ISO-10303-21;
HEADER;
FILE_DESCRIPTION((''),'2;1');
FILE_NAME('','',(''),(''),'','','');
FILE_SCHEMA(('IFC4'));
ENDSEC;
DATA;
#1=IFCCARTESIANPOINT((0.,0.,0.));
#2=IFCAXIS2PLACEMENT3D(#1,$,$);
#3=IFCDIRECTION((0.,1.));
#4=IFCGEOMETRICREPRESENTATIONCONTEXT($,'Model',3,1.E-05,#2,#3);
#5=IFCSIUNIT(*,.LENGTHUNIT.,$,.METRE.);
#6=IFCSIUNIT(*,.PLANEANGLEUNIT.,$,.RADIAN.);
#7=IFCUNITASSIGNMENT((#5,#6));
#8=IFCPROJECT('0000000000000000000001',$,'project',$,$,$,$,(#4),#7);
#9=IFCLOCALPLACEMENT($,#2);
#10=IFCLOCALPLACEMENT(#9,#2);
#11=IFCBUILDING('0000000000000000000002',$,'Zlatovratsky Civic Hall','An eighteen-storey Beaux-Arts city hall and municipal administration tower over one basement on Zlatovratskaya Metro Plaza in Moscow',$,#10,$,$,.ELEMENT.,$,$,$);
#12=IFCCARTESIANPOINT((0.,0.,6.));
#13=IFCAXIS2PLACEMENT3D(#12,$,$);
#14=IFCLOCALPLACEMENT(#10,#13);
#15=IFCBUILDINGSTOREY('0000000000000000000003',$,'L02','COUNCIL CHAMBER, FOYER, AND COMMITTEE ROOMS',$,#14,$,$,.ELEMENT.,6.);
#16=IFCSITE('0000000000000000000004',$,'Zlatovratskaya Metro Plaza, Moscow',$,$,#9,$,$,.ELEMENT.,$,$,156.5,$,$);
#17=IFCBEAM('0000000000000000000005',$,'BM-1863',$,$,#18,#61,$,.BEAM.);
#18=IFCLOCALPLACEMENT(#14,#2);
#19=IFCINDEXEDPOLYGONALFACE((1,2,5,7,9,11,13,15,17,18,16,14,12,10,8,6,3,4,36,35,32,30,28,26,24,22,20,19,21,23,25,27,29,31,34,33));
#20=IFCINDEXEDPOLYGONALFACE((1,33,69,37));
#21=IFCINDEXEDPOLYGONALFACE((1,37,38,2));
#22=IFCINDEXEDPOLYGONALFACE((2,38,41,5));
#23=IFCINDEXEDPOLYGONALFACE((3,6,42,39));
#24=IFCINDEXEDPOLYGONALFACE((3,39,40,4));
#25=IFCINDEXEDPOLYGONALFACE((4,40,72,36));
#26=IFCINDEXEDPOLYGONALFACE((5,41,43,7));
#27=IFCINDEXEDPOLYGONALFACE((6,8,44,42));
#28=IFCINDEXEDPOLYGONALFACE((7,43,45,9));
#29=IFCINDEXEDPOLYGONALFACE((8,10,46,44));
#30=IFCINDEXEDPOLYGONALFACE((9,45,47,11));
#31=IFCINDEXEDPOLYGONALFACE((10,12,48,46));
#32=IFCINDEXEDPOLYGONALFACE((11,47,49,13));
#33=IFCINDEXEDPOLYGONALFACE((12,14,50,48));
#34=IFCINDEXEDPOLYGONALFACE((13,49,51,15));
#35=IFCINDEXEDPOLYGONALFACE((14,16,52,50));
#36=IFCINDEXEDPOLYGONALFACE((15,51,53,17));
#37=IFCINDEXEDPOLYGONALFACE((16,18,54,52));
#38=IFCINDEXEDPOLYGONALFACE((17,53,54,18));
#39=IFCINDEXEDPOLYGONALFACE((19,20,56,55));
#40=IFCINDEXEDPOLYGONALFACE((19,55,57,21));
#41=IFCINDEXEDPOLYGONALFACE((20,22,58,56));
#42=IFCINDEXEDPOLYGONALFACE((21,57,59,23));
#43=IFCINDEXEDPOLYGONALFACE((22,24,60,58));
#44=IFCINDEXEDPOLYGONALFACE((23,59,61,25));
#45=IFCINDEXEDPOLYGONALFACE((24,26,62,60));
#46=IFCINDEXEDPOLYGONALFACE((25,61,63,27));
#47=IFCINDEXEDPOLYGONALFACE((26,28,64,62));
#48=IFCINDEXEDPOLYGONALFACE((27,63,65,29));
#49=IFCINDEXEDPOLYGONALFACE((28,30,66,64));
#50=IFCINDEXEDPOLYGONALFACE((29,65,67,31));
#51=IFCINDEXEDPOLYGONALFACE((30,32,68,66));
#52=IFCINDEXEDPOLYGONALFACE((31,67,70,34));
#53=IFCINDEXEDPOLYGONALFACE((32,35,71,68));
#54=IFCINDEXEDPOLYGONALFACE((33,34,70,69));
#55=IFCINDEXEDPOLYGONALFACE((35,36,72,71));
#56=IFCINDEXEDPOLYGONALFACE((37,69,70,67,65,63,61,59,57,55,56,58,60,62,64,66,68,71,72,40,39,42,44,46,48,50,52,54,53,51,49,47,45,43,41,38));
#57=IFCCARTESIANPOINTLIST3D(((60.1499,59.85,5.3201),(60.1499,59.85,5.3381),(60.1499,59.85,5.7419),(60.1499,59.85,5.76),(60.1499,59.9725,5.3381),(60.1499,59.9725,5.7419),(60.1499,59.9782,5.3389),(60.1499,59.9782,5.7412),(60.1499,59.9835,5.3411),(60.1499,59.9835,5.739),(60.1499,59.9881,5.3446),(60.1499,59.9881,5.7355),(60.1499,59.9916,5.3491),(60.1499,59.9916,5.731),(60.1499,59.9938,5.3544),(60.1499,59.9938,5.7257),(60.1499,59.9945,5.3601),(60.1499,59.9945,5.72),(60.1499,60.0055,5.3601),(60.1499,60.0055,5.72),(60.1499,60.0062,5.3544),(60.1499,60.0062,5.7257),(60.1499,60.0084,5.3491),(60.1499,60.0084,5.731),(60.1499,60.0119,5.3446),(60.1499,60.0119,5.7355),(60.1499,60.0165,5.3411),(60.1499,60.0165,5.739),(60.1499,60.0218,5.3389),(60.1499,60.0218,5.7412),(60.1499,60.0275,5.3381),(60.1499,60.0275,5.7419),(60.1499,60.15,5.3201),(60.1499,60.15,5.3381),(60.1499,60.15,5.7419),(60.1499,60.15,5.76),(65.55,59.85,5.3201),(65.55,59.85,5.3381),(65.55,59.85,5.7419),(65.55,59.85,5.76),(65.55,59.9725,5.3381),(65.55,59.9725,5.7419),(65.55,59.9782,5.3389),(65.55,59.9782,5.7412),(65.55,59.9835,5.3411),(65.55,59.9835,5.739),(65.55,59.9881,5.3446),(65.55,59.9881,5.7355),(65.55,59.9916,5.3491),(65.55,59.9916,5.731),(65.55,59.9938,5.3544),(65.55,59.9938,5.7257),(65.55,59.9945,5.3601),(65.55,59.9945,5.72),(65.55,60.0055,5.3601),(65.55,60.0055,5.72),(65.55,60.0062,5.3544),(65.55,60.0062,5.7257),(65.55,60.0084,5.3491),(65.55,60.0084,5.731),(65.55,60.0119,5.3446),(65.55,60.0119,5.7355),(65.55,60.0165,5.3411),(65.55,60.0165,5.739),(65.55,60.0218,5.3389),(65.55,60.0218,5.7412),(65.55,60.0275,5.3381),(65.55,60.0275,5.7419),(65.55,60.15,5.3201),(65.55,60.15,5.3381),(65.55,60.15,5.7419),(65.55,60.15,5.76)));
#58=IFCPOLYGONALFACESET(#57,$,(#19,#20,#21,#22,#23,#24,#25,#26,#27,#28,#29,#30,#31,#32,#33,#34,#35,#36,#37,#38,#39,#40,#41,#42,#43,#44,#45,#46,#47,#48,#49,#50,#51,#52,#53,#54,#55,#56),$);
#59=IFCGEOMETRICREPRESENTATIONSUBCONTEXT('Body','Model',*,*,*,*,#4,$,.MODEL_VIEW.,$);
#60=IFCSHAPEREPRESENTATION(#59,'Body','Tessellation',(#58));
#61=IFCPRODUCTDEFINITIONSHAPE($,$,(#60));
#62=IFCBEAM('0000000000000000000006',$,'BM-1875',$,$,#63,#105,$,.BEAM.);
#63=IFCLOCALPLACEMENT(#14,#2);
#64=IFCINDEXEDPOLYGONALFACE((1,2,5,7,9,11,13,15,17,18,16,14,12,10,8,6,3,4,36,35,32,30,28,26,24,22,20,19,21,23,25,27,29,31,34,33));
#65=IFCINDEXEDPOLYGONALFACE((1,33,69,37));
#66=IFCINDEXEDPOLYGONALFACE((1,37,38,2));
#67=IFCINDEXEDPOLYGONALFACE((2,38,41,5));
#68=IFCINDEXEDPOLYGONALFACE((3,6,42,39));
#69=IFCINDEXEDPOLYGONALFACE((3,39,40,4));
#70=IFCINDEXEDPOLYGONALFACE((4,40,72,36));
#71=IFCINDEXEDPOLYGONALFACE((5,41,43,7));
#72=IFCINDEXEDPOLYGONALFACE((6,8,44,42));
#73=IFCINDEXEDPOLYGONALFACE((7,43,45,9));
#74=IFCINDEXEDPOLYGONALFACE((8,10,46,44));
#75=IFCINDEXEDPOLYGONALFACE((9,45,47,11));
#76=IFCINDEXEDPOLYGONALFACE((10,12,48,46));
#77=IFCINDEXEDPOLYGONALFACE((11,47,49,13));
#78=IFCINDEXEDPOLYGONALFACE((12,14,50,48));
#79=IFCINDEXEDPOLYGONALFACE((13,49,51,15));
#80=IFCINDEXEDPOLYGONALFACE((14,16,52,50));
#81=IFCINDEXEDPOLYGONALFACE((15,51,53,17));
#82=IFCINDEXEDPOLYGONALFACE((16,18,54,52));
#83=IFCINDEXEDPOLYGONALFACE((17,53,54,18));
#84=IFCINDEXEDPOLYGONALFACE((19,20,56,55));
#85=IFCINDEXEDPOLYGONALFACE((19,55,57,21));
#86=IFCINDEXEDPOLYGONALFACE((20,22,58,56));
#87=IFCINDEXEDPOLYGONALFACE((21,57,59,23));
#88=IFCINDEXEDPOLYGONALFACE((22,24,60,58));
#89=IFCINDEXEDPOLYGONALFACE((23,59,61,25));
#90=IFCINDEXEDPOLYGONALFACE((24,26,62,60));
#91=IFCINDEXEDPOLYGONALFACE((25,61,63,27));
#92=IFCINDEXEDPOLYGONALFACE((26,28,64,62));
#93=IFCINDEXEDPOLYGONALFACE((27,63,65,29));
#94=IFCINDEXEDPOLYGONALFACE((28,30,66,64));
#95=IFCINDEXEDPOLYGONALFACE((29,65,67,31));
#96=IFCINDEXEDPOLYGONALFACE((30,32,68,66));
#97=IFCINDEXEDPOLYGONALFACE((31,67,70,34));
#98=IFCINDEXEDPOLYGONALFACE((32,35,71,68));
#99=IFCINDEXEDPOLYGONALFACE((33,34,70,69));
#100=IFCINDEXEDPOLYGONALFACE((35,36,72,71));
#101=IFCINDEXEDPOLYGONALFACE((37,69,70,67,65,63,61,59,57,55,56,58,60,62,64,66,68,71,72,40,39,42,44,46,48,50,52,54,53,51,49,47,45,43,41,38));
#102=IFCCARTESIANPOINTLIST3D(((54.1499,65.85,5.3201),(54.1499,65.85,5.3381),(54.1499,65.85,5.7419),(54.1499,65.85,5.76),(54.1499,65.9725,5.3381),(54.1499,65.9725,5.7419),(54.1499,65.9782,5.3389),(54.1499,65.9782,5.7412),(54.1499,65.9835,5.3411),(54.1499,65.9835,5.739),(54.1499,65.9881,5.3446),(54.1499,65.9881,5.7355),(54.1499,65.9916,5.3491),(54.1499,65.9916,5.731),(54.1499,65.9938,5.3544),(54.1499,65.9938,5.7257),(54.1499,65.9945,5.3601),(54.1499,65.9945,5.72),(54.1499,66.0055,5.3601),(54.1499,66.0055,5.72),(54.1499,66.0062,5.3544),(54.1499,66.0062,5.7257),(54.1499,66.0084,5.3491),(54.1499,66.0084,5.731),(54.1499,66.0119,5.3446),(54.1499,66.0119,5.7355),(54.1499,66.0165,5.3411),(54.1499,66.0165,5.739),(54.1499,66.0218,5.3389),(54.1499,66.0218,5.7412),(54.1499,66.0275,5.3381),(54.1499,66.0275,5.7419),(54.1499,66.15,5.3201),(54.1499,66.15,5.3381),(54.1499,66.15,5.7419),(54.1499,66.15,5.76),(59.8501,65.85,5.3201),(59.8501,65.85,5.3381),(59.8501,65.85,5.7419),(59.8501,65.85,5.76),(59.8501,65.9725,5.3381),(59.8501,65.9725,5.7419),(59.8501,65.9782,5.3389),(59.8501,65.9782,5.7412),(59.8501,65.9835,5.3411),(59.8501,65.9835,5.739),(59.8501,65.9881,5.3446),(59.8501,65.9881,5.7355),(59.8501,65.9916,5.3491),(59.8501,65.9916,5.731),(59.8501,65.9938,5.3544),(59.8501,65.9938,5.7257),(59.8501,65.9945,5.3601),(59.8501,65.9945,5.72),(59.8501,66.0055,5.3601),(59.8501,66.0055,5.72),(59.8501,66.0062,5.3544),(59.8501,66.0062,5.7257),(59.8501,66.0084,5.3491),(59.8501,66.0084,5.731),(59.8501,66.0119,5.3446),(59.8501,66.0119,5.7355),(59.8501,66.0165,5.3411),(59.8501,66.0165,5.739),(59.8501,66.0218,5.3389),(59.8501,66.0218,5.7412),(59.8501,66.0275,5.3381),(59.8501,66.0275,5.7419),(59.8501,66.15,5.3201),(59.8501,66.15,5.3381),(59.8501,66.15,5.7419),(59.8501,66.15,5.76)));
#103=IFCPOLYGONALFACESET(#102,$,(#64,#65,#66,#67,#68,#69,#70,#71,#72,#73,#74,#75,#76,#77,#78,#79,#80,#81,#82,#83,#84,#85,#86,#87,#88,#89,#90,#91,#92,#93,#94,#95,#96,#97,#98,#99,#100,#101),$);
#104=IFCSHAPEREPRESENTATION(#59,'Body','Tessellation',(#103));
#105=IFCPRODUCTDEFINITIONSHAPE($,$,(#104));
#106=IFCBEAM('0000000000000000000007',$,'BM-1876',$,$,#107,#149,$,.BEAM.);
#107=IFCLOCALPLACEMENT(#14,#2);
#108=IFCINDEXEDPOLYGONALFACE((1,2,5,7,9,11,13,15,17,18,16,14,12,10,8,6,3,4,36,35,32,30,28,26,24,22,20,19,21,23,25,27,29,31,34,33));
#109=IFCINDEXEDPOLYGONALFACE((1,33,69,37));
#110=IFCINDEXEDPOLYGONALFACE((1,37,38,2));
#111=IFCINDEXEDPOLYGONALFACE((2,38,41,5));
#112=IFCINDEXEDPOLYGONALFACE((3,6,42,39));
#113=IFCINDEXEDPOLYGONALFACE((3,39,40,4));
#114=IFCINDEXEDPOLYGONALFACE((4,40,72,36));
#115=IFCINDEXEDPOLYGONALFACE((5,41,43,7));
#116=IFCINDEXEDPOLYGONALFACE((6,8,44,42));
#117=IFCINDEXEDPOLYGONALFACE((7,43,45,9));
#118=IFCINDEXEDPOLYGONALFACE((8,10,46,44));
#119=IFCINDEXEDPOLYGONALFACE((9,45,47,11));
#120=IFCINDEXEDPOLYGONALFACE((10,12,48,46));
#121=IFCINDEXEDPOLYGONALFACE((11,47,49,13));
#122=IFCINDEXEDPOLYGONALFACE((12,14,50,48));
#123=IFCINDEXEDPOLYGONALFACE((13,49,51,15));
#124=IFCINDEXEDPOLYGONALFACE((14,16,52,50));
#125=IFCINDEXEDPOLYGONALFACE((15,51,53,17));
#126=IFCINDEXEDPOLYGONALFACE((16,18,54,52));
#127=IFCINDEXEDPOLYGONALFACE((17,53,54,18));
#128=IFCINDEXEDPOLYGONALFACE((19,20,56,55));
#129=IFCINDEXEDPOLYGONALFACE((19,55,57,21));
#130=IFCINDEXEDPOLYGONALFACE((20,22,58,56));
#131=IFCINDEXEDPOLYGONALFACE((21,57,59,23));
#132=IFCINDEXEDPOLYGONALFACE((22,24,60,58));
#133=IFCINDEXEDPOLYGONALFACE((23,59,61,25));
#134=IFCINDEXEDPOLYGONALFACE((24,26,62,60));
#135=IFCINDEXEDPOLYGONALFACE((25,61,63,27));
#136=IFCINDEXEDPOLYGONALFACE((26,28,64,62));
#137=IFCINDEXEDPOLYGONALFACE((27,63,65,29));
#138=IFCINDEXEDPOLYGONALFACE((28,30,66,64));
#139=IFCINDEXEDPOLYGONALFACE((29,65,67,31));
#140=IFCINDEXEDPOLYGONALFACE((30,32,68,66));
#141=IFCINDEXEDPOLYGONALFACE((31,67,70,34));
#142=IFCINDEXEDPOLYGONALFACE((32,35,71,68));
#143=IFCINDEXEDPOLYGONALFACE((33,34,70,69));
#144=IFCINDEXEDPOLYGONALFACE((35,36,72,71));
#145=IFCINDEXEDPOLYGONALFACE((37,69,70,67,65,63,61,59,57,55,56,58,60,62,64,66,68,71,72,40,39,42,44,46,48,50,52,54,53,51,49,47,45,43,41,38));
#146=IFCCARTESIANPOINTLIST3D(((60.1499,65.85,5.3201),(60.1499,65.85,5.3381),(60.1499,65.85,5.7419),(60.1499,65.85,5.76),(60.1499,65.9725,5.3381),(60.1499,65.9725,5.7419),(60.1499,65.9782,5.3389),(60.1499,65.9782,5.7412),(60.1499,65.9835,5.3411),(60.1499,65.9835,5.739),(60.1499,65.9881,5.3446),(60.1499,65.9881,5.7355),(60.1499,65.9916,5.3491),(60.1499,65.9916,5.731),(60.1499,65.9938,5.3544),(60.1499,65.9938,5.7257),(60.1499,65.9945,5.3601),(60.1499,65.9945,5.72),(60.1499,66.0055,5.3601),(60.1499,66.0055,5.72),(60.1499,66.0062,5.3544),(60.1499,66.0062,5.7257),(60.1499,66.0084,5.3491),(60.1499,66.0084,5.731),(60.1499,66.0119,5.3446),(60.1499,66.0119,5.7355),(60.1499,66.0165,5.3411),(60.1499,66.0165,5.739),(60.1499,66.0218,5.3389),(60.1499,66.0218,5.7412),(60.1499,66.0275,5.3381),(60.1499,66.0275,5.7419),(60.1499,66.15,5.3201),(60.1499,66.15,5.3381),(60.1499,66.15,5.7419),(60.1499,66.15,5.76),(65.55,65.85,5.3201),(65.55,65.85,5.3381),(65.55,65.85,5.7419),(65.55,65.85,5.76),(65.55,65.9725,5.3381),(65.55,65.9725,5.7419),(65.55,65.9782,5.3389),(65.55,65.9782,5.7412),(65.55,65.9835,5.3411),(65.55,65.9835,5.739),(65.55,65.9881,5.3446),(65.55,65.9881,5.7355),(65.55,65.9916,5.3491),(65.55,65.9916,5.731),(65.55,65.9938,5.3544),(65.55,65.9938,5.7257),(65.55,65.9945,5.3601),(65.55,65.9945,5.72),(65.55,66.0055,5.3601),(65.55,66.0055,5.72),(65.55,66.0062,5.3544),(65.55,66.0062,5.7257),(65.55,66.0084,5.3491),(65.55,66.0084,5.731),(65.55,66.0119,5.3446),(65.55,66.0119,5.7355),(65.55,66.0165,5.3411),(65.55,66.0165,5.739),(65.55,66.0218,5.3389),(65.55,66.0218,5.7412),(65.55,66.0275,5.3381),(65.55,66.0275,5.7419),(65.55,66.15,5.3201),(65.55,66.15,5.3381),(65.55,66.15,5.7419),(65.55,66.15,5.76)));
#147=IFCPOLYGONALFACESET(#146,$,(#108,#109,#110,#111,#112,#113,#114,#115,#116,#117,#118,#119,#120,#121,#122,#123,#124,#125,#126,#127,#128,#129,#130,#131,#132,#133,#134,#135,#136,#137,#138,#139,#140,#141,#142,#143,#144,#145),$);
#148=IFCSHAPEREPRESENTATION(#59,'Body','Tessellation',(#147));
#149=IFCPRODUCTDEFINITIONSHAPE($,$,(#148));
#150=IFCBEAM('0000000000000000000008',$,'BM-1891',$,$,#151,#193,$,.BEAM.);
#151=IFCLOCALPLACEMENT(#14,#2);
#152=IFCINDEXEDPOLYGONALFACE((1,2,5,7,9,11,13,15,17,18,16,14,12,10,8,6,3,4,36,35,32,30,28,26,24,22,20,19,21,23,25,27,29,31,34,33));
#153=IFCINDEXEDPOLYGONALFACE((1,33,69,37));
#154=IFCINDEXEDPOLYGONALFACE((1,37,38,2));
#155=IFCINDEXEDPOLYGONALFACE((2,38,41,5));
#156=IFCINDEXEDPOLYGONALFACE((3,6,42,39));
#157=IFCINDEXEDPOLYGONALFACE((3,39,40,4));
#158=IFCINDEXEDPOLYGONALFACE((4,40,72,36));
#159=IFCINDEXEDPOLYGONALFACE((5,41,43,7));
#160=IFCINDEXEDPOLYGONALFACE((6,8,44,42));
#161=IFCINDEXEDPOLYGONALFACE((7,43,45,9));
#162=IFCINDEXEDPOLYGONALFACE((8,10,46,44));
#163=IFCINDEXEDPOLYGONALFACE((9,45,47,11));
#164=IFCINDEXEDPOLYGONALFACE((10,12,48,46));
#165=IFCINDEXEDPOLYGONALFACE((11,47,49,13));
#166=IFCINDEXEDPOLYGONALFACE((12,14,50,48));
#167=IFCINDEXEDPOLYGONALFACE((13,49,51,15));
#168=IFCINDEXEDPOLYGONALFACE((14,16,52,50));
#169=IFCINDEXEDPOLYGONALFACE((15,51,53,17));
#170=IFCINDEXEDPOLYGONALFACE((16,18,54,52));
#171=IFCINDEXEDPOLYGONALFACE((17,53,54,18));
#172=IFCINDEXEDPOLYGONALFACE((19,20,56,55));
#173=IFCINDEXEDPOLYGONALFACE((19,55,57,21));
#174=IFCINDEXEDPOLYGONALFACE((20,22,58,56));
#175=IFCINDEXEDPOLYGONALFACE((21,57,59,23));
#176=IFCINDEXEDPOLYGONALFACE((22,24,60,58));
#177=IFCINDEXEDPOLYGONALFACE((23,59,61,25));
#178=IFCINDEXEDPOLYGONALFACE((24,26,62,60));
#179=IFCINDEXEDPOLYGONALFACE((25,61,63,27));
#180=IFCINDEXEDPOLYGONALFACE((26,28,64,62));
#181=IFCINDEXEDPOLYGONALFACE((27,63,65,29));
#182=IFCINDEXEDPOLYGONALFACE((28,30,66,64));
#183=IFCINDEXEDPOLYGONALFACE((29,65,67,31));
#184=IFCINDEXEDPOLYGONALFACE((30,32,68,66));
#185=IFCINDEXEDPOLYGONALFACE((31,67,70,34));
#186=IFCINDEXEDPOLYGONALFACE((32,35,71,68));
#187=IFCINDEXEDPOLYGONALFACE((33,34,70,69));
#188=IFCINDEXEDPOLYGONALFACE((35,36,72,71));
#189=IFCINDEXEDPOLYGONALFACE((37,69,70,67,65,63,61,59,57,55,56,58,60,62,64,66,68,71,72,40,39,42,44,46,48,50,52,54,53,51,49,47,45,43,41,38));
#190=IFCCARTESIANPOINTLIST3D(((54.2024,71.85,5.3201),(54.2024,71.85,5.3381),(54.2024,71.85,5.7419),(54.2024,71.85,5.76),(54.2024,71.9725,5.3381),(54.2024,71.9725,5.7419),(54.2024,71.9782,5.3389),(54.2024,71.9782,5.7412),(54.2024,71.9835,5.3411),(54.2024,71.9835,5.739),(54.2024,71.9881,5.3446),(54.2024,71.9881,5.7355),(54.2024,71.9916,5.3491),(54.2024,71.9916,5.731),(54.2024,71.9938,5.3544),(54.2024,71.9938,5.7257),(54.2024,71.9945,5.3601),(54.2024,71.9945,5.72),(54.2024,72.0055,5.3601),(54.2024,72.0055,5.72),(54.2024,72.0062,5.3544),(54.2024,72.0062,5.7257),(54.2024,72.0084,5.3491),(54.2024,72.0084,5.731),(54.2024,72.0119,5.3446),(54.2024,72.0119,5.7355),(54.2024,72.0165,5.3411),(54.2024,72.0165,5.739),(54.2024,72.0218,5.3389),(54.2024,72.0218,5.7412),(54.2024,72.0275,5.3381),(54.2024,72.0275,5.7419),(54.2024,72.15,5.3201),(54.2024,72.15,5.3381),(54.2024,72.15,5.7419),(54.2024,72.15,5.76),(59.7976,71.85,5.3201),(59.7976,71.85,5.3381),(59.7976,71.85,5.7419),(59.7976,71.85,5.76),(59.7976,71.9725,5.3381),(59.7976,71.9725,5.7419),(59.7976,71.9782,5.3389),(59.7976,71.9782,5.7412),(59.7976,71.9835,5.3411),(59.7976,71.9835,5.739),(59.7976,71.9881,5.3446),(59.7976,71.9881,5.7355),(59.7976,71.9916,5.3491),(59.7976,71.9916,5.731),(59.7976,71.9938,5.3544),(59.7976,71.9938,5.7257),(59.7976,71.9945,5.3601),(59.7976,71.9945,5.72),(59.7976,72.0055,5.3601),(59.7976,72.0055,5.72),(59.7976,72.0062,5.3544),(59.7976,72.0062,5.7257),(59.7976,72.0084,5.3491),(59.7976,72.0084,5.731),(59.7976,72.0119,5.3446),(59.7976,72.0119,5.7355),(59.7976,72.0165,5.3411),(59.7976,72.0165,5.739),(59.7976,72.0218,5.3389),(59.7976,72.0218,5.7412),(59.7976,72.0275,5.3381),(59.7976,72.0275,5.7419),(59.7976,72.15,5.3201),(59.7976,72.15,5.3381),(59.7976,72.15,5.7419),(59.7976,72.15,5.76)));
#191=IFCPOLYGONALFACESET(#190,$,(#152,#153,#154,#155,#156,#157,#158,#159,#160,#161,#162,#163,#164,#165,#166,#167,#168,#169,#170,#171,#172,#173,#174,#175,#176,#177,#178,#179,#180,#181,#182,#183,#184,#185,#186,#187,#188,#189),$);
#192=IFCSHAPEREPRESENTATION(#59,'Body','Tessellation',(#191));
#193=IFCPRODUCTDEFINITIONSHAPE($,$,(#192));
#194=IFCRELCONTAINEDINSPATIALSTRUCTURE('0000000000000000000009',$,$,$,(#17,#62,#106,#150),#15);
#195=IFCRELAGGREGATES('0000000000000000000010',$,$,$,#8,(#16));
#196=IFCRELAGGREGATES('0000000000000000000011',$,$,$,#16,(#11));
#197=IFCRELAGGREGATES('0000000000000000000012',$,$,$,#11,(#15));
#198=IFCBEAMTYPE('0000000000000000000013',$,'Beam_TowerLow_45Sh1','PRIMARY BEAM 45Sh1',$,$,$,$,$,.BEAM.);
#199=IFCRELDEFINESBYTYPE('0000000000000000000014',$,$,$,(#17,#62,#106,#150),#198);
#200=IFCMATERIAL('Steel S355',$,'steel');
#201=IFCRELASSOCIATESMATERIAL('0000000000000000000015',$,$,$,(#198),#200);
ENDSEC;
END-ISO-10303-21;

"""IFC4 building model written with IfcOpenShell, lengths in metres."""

from ifc_helpers import new_model, si_unit, direction, frame, origin, origin_2d, place, context, subcontext, project, spatial, i_section, extrude, material, material_profile, profile_set, type_object, element, save


model = new_model("IFC4")

# Units and contexts
model_context = context("Model", 3, precision=1e-05, world=origin(), true_north=direction((0.0, 1.0)))
body_context = subcontext(model_context, "Body", "Model", "MODEL_VIEW")
ifc_project = project(units=[si_unit("LENGTHUNIT", "METRE"), si_unit("PLANEANGLEUNIT", "RADIAN")], contexts=[model_context])

# Site, building, storey
site_placement = place(None, origin())
site = spatial("IfcSite", under=ifc_project, at=site_placement, Name="Zlatovratskaya Metro Plaza, Moscow", CompositionType="ELEMENT", RefElevation=156.5)
building_placement = place(site_placement, origin())
building = spatial("IfcBuilding", under=site, at=building_placement, Name="Zlatovratsky Civic Hall", Description="An eighteen-storey Beaux-Arts city hall and municipal administration tower over one basement on Zlatovratskaya Metro Plaza in Moscow", CompositionType="ELEMENT")
storey_placement = place(building_placement, frame((0.0, 0.0, 6.0)))
storey = spatial("IfcBuildingStorey", under=building, at=storey_placement, Name="L02", Description="COUNCIL CHAMBER, FOYER, AND COMMITTEE ROOMS", CompositionType="ELEMENT", Elevation=6.0)

# Shared definitions
ifc_material_1 = material(Name="Steel S355", Category="steel")

# Beams
ifc_material_profile_1 = material_profile(ifc_material_1, i_section(OverallWidth=0.3, OverallDepth=0.4399, WebThickness=0.011, FlangeThickness=0.0181, FilletRadius=0.022, at=origin_2d()), Name="45Sh1")
ifc_profile_set_1 = profile_set([ifc_material_profile_1], Name="Steel S355")
beam_type = type_object("IfcBeamType", Name="Beam_TowerLow_45Sh1", Description="PRIMARY BEAM 45Sh1", PredefinedType="BEAM", material=ifc_profile_set_1)
beam_1_placement = place(storey_placement, frame((60.1499, 60.0, 5.54), z_axis=(1.0, 0.0, 0.0), x_axis=(0.0, 1.0, 0.0)))
element("IfcBeam", 1, at=beam_1_placement, inside=storey, type_object=beam_type, Name="BM-1863", PredefinedType="BEAM", context=body_context, shape_type="SweptSolid", body=[
    extrude(i_section(OverallWidth=0.3, OverallDepth=0.4399, WebThickness=0.011, FlangeThickness=0.0181, FilletRadius=0.022, at=origin_2d()), origin(), (0.0, 0.0, 1.0), 5.4001),
])
beam_2_placement = place(storey_placement, frame((54.1499, 66.0, 5.54), z_axis=(1.0, 0.0, 0.0), x_axis=(0.0, 1.0, 0.0)))
element("IfcBeam", 2, at=beam_2_placement, inside=storey, type_object=beam_type, Name="BM-1875", PredefinedType="BEAM", context=body_context, shape_type="SweptSolid", body=[
    extrude(i_section(OverallWidth=0.3, OverallDepth=0.4399, WebThickness=0.011, FlangeThickness=0.0181, FilletRadius=0.022, at=origin_2d()), origin(), (0.0, 0.0, 1.0), 5.7002),
])
beam_3_placement = place(storey_placement, frame((60.1499, 66.0, 5.54), z_axis=(1.0, 0.0, 0.0), x_axis=(0.0, 1.0, 0.0)))
element("IfcBeam", 3, at=beam_3_placement, inside=storey, type_object=beam_type, Name="BM-1876", PredefinedType="BEAM", context=body_context, shape_type="SweptSolid", body=[
    extrude(i_section(OverallWidth=0.3, OverallDepth=0.4399, WebThickness=0.011, FlangeThickness=0.0181, FilletRadius=0.022, at=origin_2d()), origin(), (0.0, 0.0, 1.0), 5.4001),
])
beam_4_placement = place(storey_placement, frame((54.2024, 72.0, 5.54), z_axis=(1.0, 0.0, 0.0), x_axis=(0.0, 1.0, 0.0)))
element("IfcBeam", 4, at=beam_4_placement, inside=storey, type_object=beam_type, Name="BM-1891", PredefinedType="BEAM", context=body_context, shape_type="SweptSolid", body=[
    extrude(i_section(OverallWidth=0.3, OverallDepth=0.4399, WebThickness=0.011, FlangeThickness=0.0181, FilletRadius=0.022, at=origin_2d()), origin(), (0.0, 0.0, 1.0), 5.5952),
])

save(model, "model.ifc")
